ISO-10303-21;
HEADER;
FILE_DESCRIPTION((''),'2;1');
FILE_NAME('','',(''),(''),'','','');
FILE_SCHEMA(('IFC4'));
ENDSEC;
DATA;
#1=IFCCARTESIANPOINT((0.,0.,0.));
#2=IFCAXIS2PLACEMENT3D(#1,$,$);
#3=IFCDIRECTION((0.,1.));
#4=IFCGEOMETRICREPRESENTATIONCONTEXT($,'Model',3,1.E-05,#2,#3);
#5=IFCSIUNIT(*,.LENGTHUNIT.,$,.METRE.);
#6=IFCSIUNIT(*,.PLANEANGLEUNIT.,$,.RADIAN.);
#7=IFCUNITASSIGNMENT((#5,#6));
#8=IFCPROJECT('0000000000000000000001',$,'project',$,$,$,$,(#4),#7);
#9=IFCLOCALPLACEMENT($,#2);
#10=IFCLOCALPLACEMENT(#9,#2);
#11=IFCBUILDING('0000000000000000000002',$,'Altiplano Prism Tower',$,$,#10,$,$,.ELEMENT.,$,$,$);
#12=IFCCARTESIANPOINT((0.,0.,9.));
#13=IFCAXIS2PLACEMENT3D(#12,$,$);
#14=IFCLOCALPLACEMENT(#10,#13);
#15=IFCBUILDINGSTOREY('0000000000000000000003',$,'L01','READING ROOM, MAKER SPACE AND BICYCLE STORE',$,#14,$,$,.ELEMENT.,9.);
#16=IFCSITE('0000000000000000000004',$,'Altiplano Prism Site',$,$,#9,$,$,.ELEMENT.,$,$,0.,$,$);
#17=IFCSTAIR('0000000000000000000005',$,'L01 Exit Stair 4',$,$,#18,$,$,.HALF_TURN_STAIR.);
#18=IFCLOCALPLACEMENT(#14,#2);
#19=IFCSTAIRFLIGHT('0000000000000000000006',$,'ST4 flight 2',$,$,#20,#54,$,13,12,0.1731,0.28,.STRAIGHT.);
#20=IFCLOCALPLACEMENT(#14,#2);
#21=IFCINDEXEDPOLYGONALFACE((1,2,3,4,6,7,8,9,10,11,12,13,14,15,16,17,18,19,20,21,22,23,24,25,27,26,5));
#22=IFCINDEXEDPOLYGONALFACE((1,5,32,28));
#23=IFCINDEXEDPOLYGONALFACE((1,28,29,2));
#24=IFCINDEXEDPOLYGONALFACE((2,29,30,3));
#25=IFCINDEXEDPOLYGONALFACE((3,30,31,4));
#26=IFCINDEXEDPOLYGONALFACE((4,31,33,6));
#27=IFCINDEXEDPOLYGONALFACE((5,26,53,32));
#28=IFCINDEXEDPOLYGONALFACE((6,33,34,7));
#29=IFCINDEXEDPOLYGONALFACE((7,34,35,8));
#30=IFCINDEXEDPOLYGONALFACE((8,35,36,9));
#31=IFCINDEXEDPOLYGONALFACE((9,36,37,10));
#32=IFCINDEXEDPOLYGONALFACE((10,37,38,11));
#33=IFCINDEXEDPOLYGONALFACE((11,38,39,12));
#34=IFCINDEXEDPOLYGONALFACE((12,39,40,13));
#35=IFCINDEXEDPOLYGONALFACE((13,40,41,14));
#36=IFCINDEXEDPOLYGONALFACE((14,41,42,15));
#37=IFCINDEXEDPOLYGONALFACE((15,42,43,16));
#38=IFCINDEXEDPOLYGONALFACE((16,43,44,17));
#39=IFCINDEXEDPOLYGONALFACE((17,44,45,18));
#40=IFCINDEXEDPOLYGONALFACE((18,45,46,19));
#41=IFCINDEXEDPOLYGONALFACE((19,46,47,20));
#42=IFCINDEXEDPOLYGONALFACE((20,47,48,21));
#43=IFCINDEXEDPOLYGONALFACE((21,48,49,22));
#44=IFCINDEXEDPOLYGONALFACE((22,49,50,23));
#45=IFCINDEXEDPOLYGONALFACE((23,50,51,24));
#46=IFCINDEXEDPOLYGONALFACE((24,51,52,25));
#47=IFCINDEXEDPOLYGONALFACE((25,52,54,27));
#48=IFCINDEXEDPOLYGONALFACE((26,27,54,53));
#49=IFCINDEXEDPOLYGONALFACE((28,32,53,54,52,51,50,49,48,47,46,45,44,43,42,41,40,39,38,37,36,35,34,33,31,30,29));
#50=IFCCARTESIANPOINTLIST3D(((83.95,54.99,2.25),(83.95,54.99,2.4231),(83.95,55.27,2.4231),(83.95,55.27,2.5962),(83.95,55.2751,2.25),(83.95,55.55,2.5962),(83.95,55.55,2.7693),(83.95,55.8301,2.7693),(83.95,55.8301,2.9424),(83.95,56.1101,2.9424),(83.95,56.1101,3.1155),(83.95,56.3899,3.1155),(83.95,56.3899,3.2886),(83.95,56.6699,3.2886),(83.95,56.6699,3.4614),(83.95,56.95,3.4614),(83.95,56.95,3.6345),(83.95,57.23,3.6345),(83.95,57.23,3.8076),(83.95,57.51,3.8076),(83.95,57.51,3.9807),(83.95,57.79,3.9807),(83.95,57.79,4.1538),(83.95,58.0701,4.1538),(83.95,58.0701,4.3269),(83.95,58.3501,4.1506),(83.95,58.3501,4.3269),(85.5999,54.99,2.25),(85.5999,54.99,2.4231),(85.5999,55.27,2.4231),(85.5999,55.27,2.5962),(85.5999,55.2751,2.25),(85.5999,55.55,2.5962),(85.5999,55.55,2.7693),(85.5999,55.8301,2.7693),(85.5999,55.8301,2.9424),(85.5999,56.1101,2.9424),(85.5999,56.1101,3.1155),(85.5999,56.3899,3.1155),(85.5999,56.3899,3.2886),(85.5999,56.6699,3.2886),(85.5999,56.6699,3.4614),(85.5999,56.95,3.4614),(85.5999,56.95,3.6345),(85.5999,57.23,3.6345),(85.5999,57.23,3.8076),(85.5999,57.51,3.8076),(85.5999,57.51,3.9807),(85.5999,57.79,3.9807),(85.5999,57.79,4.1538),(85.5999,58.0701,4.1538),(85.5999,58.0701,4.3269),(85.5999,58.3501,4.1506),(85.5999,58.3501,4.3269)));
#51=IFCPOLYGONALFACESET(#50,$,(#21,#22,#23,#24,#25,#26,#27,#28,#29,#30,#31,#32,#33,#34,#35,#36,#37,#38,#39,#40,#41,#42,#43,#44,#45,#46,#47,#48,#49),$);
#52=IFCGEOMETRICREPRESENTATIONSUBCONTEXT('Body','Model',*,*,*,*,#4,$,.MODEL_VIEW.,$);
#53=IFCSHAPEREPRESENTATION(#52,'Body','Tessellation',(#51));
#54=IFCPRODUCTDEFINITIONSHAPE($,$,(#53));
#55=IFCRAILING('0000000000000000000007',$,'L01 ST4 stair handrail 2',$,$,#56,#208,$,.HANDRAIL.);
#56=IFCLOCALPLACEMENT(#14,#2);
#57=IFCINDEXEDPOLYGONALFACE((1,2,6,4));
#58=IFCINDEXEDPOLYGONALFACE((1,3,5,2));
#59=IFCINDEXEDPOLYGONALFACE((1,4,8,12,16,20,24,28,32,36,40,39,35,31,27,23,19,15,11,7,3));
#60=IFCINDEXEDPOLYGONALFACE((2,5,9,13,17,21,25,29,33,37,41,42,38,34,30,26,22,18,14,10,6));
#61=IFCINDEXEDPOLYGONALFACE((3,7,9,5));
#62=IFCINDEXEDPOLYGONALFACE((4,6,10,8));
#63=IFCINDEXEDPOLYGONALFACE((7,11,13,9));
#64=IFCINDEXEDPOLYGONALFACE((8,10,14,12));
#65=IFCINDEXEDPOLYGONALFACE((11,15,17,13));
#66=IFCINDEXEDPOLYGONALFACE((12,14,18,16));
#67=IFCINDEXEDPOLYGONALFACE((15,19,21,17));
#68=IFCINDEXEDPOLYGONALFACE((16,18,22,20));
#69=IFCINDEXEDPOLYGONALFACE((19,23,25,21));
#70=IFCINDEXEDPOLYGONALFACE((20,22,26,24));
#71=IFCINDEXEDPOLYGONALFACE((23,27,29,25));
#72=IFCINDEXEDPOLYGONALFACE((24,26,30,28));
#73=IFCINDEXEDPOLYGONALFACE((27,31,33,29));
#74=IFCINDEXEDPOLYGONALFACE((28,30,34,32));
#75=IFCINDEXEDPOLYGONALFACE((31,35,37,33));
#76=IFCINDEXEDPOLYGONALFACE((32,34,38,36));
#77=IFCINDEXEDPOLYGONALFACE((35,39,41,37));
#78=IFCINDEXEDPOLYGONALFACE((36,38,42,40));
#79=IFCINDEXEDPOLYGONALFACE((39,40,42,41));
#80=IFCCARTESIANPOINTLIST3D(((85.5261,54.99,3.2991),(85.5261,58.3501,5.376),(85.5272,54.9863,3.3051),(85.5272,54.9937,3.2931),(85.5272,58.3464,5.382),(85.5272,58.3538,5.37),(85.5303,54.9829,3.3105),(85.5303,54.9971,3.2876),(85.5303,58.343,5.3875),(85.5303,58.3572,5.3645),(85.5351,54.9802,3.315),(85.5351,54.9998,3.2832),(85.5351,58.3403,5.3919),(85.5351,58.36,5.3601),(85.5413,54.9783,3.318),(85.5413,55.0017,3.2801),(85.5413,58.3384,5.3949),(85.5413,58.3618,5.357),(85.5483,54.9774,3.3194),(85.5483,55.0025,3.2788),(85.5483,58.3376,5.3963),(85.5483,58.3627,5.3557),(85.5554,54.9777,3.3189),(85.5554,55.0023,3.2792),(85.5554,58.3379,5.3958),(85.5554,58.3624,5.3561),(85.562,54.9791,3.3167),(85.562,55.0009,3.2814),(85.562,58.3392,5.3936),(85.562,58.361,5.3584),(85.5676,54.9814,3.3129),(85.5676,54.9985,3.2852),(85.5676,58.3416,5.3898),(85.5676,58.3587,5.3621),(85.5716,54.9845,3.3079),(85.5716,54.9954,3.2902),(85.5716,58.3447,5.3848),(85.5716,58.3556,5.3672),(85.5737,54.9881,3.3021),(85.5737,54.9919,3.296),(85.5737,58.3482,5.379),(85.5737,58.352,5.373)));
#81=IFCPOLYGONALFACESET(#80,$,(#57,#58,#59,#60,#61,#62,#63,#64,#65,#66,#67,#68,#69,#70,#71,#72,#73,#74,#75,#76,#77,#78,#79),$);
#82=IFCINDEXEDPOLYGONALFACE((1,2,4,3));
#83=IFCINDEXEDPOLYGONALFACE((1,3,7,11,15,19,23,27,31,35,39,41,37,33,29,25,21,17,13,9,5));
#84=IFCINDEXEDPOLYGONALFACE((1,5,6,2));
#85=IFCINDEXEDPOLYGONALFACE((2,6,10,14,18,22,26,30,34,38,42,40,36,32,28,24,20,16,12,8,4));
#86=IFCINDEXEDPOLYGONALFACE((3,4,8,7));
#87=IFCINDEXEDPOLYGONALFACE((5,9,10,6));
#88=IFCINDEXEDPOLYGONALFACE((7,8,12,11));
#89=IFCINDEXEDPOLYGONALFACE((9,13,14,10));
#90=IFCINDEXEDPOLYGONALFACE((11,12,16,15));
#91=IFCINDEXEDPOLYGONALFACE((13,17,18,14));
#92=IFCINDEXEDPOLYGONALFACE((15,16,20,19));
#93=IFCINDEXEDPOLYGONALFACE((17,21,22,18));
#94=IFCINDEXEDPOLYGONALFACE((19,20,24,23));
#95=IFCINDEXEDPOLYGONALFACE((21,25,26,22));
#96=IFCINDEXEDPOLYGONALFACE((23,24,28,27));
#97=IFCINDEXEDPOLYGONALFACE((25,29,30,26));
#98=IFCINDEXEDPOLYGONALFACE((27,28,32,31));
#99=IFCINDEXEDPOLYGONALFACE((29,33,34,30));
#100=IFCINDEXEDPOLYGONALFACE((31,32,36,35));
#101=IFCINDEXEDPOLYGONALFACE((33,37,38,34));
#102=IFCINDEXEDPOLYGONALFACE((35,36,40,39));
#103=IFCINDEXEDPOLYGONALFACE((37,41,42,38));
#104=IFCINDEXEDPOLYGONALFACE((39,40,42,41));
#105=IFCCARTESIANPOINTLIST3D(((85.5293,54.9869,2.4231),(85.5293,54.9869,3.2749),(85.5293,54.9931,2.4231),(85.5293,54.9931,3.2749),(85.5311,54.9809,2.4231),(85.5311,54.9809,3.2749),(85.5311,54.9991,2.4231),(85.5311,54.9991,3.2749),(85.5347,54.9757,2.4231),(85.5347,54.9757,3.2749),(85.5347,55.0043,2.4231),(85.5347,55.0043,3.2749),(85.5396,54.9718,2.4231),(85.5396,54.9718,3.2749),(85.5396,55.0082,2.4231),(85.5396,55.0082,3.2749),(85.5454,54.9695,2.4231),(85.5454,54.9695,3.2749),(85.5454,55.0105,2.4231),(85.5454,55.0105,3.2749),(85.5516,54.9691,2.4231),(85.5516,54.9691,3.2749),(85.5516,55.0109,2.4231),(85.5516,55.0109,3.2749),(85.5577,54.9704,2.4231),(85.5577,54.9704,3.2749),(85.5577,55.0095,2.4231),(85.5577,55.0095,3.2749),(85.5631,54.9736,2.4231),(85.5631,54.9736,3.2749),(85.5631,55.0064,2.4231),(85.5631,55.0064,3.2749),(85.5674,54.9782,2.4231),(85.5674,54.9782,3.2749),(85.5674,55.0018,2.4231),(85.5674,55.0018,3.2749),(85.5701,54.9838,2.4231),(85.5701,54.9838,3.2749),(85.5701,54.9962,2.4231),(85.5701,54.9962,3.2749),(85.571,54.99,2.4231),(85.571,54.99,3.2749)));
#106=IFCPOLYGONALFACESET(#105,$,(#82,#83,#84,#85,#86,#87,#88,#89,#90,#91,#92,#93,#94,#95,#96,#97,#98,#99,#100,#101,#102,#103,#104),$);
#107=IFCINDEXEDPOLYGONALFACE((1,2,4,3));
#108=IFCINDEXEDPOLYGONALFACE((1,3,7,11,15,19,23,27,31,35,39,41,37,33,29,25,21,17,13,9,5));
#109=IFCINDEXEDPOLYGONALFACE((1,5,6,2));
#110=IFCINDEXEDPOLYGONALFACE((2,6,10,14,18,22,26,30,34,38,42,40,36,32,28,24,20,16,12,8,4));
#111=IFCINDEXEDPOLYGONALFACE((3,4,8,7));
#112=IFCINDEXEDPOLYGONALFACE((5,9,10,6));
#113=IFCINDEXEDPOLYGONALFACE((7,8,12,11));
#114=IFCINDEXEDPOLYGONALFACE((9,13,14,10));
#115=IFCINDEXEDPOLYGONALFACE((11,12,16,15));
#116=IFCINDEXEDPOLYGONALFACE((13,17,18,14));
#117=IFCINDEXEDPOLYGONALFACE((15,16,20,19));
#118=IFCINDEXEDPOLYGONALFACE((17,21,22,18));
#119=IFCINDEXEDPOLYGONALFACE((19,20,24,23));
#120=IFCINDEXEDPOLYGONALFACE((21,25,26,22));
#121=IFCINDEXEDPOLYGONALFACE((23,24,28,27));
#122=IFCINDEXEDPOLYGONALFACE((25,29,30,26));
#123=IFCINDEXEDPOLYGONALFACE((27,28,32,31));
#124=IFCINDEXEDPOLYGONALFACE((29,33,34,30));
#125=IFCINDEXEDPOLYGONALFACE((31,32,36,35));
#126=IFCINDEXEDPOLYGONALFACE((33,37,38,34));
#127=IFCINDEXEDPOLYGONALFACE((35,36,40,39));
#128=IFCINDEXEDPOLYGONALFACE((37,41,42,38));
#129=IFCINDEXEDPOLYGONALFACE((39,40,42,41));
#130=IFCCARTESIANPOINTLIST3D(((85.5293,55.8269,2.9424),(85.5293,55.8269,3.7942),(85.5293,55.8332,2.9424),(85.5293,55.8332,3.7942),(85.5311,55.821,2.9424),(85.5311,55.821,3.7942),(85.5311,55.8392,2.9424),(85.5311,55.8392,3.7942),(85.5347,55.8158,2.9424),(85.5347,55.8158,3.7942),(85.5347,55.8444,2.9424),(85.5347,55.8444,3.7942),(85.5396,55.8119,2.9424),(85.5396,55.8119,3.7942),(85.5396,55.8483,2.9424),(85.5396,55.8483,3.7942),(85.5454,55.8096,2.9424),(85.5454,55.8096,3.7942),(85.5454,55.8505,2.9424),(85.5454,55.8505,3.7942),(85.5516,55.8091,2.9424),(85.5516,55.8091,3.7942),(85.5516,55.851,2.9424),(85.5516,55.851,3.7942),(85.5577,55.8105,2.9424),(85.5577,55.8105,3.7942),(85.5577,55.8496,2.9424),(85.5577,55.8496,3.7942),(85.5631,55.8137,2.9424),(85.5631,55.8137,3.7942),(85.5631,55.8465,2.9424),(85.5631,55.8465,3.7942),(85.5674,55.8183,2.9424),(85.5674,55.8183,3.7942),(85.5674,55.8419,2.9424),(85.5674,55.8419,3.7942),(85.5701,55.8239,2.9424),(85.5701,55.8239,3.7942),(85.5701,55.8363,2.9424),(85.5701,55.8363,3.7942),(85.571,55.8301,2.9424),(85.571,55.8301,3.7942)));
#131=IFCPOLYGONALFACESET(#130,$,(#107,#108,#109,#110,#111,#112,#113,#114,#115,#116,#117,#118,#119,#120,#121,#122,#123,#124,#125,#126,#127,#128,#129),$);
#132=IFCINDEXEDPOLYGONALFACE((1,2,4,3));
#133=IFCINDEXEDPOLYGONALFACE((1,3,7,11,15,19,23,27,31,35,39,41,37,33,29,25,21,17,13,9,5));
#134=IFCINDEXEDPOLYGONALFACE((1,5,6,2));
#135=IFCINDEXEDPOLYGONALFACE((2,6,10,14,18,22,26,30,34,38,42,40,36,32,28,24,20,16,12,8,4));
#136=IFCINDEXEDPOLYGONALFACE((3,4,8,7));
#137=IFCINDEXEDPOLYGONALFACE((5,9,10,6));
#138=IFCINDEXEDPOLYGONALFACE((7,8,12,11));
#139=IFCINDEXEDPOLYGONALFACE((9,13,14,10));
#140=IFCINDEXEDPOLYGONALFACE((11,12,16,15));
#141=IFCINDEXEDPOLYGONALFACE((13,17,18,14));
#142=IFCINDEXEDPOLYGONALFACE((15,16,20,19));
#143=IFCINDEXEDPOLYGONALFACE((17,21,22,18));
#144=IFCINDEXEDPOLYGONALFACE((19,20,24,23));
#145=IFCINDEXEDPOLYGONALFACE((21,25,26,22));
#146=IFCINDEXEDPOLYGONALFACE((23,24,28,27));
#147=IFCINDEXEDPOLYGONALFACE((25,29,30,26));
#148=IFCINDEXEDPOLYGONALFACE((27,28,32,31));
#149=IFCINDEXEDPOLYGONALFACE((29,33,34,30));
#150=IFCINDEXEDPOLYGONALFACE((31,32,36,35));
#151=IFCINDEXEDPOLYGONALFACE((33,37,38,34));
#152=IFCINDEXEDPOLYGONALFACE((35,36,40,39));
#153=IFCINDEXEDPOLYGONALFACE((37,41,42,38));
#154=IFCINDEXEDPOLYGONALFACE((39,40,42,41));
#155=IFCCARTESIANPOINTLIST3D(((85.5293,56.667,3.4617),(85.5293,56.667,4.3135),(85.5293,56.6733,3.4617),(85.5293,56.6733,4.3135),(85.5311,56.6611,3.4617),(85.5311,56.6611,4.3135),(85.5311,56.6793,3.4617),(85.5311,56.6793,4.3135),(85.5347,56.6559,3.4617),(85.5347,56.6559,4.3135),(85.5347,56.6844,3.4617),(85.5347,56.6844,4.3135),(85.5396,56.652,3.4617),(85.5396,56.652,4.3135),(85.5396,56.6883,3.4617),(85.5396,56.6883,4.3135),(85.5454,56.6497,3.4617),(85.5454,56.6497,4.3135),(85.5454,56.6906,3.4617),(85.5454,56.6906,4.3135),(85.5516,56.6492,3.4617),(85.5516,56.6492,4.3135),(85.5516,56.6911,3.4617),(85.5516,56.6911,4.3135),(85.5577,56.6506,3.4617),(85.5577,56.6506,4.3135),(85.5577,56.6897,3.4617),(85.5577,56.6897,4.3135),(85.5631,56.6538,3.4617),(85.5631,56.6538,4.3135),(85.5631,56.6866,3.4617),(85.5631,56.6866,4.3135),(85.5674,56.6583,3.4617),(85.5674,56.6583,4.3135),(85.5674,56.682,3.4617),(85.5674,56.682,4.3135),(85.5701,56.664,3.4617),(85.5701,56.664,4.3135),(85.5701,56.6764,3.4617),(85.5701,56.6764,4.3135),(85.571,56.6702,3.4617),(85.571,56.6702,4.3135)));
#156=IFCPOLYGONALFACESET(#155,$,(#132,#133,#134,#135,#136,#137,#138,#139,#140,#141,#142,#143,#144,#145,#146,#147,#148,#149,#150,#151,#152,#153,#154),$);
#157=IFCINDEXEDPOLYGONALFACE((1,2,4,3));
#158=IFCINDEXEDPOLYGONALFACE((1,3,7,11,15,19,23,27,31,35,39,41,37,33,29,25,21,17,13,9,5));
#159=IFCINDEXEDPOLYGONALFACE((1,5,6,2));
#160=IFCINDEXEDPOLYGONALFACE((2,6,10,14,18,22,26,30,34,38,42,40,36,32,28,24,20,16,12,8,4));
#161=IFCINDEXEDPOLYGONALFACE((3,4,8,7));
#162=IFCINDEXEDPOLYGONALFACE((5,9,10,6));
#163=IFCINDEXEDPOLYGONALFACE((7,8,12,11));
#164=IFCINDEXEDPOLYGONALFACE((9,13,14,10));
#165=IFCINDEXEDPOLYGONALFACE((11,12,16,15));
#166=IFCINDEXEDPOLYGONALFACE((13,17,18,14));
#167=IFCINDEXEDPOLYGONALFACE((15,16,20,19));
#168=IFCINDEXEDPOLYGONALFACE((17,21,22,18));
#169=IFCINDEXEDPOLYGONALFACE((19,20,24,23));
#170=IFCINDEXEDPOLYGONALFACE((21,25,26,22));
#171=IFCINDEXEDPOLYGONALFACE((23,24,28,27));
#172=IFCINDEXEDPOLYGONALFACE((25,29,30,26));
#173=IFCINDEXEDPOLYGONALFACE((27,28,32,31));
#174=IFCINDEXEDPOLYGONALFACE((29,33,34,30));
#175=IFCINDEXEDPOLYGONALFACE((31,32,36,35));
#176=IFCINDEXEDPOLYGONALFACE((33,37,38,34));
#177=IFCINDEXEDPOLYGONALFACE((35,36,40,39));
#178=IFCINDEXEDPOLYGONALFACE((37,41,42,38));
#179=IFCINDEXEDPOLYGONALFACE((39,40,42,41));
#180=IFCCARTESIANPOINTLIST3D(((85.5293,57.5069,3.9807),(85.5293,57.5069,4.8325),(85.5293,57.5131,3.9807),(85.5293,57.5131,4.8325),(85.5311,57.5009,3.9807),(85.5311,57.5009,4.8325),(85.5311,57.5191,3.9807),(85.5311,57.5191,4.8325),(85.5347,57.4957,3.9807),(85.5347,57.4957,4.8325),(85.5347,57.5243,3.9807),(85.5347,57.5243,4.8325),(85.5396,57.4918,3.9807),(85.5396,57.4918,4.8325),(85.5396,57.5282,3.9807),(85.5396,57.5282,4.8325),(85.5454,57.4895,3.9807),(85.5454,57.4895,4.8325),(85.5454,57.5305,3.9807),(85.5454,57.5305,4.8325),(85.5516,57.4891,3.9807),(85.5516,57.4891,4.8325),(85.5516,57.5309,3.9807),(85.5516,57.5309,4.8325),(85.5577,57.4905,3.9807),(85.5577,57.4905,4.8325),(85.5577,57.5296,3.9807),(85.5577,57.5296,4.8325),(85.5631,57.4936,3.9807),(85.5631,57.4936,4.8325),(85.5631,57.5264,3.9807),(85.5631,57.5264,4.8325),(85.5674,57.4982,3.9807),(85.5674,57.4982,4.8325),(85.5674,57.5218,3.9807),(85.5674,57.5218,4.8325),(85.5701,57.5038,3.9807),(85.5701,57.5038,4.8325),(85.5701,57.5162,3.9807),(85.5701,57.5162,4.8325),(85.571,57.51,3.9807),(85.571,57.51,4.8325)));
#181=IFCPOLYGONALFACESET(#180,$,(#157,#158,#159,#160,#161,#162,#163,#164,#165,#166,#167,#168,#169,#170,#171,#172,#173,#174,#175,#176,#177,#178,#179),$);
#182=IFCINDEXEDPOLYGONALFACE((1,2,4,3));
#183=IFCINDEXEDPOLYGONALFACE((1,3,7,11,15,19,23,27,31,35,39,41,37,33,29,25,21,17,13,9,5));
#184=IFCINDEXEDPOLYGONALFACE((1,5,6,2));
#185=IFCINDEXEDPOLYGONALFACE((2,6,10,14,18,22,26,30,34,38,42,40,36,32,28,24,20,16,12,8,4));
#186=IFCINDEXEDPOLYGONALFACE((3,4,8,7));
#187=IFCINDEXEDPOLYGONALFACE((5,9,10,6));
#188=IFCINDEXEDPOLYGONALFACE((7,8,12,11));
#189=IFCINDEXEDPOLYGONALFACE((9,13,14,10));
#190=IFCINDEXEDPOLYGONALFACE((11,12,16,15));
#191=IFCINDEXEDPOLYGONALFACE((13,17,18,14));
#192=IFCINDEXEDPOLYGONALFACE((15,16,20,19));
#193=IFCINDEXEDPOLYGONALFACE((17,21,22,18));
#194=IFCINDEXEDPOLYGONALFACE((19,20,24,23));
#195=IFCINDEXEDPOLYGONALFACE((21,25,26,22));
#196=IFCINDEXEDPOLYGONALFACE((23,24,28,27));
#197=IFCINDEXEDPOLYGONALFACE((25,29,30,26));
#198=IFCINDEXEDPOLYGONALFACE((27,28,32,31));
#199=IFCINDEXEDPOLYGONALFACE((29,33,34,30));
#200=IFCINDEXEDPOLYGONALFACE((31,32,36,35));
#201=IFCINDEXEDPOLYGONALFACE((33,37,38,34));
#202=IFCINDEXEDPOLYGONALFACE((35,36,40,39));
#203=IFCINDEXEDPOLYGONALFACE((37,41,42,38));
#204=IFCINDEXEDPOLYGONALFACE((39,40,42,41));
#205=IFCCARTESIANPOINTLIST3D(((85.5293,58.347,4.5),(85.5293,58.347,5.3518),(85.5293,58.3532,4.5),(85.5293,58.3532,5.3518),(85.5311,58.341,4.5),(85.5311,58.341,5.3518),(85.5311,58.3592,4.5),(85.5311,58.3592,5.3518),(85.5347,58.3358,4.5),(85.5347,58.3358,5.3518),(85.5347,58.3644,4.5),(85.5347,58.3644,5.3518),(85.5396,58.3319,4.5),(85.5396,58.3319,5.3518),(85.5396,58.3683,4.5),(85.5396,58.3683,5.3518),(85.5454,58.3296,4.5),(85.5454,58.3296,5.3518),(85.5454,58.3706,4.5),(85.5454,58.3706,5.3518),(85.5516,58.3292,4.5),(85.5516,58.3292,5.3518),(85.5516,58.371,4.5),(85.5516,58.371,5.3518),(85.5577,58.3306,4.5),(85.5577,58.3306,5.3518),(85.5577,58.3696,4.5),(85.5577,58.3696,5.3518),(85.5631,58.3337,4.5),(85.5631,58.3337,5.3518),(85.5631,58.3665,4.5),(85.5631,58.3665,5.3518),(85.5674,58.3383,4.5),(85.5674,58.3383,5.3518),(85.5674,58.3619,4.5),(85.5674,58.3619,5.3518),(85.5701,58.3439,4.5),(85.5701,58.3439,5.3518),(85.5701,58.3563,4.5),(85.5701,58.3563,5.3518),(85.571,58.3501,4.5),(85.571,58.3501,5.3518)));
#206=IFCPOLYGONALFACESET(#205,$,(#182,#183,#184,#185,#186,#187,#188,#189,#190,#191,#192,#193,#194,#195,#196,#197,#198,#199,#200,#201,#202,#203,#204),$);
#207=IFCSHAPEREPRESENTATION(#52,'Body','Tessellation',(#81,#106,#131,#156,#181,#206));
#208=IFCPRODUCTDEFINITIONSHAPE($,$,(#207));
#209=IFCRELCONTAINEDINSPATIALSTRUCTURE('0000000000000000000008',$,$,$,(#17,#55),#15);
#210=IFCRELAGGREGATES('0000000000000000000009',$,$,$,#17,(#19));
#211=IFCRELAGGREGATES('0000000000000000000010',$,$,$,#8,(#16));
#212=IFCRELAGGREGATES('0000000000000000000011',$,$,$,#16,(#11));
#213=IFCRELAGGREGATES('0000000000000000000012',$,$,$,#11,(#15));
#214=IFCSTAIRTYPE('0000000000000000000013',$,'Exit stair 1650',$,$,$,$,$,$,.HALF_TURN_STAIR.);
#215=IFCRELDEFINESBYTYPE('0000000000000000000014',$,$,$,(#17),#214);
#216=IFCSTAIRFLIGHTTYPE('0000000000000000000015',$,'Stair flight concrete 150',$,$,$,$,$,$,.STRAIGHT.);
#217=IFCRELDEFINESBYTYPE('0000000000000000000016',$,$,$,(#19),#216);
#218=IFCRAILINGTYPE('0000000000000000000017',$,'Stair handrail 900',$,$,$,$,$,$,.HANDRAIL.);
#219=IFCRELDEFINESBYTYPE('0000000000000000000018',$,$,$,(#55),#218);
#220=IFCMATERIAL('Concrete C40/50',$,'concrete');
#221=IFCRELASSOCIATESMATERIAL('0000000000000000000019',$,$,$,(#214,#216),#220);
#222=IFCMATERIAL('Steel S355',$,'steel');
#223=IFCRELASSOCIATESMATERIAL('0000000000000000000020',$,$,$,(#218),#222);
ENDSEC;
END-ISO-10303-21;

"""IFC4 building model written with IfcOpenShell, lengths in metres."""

from ifc_helpers import new_model, si_unit, direction, frame, origin, origin_2d, place, context, subcontext, project, spatial, polyline, circle, outline, extrude, material, type_object, element, aggregate, save


model = new_model("IFC4")

# Units and contexts
model_context = context("Model", 3, precision=1e-05, world=origin(), true_north=direction((0.0, 1.0)))
body_context = subcontext(model_context, "Body", "Model", "MODEL_VIEW")
ifc_project = project(units=[si_unit("LENGTHUNIT", "METRE"), si_unit("PLANEANGLEUNIT", "RADIAN")], contexts=[model_context])

# Site, building, storey
site_placement = place(None, origin())
site = spatial("IfcSite", under=ifc_project, at=site_placement, Name="Altiplano Prism Site", CompositionType="ELEMENT", RefElevation=0.0)
building_placement = place(site_placement, origin())
building = spatial("IfcBuilding", under=site, at=building_placement, Name="Altiplano Prism Tower", CompositionType="ELEMENT")
storey_placement = place(building_placement, frame((0.0, 0.0, 9.0)))
storey = spatial("IfcBuildingStorey", under=building, at=storey_placement, Name="L01", Description="READING ROOM, MAKER SPACE AND BICYCLE STORE", CompositionType="ELEMENT", Elevation=9.0)

# Stair, stair flight
ifc_material_1 = material(Name="Concrete C40/50", Category="concrete")
stair_type = type_object("IfcStairType", Name="Exit stair 1650", PredefinedType="HALF_TURN_STAIR", material=ifc_material_1)
stair_placement = place(storey_placement, origin())
stair = element("IfcStair", 1, at=stair_placement, inside=storey, type_object=stair_type, Name="L01 Exit Stair 4", PredefinedType="HALF_TURN_STAIR")
stair_flight_type = type_object("IfcStairFlightType", Name="Stair flight concrete 150", PredefinedType="STRAIGHT", material=ifc_material_1)
stair_flight_placement = place(storey_placement, frame((84.7749, 54.99, 2.25), z_axis=(0.0, 0.0, 1.0), x_axis=(0.0, 1.0, 0.0)))
stair_flight = element("IfcStairFlight", 2, at=stair_flight_placement, type_object=stair_flight_type, Name="ST4 flight 2", NumberOfRisers=13, NumberOfTreads=12, PredefinedType="STRAIGHT", RiserHeight=0.1731, TreadLength=0.28, context=body_context, shape_type="SweptSolid", body=[
    extrude(outline(polyline([(0.0, 0.0), (0.0, 0.1731), (0.28, 0.1731), (0.28, 0.3462), (0.5601, 0.3462), (0.5601, 0.5193), (0.8401, 0.5193), (0.8401, 0.6924), (1.1201, 0.6924), (1.1201, 0.8655), (1.3999, 0.8655), (1.3999, 1.0386), (1.6799, 1.0386), (1.6799, 1.2114), (1.96, 1.2114), (1.96, 1.3845), (2.24, 1.3845), (2.24, 1.5576), (2.52, 1.5576), (2.52, 1.7307), (2.8, 1.7307), (2.8, 1.9038), (3.0801, 1.9038), (3.0801, 2.0769), (3.3601, 2.0769), (3.3601, 2.25), (3.3601, 1.9006), (0.2852, 0.0), (0.0, 0.0)])), frame((0.0, 0.825, 0.0), z_axis=(0.0, -1.0, 0.0), x_axis=(1.0, 0.0, 0.0)), (0.0, 0.0, 1.0), 1.6499),
])
aggregate(stair, [stair_flight])

# Railing
ifc_material_2 = material(Name="Steel S355", Category="steel")
railing_type_1 = type_object("IfcRailingType", Name="Stair handrail 900", PredefinedType="HANDRAIL", material=ifc_material_2)
railing_1_placement = place(storey_placement, frame((85.55, 54.99, 2.4231)))
element("IfcRailing", 3, at=railing_1_placement, inside=storey, type_object=railing_type_1, Name="L01 ST4 stair handrail 2", PredefinedType="HANDRAIL", context=body_context, shape_type="SweptSolid", body=[
    extrude(circle(Radius=0.0239, at=origin_2d()), frame((0.0, 0.0, 0.876), z_axis=(0.0, 0.850623, 0.525776), x_axis=(-1.0, 0.0, 0.0)), (0.0, 0.0, 1.0), 3.9502),
    extrude(circle(Radius=0.021, at=origin_2d()), origin(), (0.0, 0.0, 1.0), 0.8518),
    extrude(circle(Radius=0.021, at=origin_2d()), frame((0.0, 0.8401, 0.5193)), (0.0, 0.0, 1.0), 0.8518),
    extrude(circle(Radius=0.021, at=origin_2d()), frame((0.0, 1.6802, 1.0386)), (0.0, 0.0, 1.0), 0.8518),
    extrude(circle(Radius=0.021, at=origin_2d()), frame((0.0, 2.52, 1.5576)), (0.0, 0.0, 1.0), 0.8518),
    extrude(circle(Radius=0.021, at=origin_2d()), frame((0.0, 3.3601, 2.0769)), (0.0, 0.0, 1.0), 0.8518),
])

save(model, "model.ifc")
